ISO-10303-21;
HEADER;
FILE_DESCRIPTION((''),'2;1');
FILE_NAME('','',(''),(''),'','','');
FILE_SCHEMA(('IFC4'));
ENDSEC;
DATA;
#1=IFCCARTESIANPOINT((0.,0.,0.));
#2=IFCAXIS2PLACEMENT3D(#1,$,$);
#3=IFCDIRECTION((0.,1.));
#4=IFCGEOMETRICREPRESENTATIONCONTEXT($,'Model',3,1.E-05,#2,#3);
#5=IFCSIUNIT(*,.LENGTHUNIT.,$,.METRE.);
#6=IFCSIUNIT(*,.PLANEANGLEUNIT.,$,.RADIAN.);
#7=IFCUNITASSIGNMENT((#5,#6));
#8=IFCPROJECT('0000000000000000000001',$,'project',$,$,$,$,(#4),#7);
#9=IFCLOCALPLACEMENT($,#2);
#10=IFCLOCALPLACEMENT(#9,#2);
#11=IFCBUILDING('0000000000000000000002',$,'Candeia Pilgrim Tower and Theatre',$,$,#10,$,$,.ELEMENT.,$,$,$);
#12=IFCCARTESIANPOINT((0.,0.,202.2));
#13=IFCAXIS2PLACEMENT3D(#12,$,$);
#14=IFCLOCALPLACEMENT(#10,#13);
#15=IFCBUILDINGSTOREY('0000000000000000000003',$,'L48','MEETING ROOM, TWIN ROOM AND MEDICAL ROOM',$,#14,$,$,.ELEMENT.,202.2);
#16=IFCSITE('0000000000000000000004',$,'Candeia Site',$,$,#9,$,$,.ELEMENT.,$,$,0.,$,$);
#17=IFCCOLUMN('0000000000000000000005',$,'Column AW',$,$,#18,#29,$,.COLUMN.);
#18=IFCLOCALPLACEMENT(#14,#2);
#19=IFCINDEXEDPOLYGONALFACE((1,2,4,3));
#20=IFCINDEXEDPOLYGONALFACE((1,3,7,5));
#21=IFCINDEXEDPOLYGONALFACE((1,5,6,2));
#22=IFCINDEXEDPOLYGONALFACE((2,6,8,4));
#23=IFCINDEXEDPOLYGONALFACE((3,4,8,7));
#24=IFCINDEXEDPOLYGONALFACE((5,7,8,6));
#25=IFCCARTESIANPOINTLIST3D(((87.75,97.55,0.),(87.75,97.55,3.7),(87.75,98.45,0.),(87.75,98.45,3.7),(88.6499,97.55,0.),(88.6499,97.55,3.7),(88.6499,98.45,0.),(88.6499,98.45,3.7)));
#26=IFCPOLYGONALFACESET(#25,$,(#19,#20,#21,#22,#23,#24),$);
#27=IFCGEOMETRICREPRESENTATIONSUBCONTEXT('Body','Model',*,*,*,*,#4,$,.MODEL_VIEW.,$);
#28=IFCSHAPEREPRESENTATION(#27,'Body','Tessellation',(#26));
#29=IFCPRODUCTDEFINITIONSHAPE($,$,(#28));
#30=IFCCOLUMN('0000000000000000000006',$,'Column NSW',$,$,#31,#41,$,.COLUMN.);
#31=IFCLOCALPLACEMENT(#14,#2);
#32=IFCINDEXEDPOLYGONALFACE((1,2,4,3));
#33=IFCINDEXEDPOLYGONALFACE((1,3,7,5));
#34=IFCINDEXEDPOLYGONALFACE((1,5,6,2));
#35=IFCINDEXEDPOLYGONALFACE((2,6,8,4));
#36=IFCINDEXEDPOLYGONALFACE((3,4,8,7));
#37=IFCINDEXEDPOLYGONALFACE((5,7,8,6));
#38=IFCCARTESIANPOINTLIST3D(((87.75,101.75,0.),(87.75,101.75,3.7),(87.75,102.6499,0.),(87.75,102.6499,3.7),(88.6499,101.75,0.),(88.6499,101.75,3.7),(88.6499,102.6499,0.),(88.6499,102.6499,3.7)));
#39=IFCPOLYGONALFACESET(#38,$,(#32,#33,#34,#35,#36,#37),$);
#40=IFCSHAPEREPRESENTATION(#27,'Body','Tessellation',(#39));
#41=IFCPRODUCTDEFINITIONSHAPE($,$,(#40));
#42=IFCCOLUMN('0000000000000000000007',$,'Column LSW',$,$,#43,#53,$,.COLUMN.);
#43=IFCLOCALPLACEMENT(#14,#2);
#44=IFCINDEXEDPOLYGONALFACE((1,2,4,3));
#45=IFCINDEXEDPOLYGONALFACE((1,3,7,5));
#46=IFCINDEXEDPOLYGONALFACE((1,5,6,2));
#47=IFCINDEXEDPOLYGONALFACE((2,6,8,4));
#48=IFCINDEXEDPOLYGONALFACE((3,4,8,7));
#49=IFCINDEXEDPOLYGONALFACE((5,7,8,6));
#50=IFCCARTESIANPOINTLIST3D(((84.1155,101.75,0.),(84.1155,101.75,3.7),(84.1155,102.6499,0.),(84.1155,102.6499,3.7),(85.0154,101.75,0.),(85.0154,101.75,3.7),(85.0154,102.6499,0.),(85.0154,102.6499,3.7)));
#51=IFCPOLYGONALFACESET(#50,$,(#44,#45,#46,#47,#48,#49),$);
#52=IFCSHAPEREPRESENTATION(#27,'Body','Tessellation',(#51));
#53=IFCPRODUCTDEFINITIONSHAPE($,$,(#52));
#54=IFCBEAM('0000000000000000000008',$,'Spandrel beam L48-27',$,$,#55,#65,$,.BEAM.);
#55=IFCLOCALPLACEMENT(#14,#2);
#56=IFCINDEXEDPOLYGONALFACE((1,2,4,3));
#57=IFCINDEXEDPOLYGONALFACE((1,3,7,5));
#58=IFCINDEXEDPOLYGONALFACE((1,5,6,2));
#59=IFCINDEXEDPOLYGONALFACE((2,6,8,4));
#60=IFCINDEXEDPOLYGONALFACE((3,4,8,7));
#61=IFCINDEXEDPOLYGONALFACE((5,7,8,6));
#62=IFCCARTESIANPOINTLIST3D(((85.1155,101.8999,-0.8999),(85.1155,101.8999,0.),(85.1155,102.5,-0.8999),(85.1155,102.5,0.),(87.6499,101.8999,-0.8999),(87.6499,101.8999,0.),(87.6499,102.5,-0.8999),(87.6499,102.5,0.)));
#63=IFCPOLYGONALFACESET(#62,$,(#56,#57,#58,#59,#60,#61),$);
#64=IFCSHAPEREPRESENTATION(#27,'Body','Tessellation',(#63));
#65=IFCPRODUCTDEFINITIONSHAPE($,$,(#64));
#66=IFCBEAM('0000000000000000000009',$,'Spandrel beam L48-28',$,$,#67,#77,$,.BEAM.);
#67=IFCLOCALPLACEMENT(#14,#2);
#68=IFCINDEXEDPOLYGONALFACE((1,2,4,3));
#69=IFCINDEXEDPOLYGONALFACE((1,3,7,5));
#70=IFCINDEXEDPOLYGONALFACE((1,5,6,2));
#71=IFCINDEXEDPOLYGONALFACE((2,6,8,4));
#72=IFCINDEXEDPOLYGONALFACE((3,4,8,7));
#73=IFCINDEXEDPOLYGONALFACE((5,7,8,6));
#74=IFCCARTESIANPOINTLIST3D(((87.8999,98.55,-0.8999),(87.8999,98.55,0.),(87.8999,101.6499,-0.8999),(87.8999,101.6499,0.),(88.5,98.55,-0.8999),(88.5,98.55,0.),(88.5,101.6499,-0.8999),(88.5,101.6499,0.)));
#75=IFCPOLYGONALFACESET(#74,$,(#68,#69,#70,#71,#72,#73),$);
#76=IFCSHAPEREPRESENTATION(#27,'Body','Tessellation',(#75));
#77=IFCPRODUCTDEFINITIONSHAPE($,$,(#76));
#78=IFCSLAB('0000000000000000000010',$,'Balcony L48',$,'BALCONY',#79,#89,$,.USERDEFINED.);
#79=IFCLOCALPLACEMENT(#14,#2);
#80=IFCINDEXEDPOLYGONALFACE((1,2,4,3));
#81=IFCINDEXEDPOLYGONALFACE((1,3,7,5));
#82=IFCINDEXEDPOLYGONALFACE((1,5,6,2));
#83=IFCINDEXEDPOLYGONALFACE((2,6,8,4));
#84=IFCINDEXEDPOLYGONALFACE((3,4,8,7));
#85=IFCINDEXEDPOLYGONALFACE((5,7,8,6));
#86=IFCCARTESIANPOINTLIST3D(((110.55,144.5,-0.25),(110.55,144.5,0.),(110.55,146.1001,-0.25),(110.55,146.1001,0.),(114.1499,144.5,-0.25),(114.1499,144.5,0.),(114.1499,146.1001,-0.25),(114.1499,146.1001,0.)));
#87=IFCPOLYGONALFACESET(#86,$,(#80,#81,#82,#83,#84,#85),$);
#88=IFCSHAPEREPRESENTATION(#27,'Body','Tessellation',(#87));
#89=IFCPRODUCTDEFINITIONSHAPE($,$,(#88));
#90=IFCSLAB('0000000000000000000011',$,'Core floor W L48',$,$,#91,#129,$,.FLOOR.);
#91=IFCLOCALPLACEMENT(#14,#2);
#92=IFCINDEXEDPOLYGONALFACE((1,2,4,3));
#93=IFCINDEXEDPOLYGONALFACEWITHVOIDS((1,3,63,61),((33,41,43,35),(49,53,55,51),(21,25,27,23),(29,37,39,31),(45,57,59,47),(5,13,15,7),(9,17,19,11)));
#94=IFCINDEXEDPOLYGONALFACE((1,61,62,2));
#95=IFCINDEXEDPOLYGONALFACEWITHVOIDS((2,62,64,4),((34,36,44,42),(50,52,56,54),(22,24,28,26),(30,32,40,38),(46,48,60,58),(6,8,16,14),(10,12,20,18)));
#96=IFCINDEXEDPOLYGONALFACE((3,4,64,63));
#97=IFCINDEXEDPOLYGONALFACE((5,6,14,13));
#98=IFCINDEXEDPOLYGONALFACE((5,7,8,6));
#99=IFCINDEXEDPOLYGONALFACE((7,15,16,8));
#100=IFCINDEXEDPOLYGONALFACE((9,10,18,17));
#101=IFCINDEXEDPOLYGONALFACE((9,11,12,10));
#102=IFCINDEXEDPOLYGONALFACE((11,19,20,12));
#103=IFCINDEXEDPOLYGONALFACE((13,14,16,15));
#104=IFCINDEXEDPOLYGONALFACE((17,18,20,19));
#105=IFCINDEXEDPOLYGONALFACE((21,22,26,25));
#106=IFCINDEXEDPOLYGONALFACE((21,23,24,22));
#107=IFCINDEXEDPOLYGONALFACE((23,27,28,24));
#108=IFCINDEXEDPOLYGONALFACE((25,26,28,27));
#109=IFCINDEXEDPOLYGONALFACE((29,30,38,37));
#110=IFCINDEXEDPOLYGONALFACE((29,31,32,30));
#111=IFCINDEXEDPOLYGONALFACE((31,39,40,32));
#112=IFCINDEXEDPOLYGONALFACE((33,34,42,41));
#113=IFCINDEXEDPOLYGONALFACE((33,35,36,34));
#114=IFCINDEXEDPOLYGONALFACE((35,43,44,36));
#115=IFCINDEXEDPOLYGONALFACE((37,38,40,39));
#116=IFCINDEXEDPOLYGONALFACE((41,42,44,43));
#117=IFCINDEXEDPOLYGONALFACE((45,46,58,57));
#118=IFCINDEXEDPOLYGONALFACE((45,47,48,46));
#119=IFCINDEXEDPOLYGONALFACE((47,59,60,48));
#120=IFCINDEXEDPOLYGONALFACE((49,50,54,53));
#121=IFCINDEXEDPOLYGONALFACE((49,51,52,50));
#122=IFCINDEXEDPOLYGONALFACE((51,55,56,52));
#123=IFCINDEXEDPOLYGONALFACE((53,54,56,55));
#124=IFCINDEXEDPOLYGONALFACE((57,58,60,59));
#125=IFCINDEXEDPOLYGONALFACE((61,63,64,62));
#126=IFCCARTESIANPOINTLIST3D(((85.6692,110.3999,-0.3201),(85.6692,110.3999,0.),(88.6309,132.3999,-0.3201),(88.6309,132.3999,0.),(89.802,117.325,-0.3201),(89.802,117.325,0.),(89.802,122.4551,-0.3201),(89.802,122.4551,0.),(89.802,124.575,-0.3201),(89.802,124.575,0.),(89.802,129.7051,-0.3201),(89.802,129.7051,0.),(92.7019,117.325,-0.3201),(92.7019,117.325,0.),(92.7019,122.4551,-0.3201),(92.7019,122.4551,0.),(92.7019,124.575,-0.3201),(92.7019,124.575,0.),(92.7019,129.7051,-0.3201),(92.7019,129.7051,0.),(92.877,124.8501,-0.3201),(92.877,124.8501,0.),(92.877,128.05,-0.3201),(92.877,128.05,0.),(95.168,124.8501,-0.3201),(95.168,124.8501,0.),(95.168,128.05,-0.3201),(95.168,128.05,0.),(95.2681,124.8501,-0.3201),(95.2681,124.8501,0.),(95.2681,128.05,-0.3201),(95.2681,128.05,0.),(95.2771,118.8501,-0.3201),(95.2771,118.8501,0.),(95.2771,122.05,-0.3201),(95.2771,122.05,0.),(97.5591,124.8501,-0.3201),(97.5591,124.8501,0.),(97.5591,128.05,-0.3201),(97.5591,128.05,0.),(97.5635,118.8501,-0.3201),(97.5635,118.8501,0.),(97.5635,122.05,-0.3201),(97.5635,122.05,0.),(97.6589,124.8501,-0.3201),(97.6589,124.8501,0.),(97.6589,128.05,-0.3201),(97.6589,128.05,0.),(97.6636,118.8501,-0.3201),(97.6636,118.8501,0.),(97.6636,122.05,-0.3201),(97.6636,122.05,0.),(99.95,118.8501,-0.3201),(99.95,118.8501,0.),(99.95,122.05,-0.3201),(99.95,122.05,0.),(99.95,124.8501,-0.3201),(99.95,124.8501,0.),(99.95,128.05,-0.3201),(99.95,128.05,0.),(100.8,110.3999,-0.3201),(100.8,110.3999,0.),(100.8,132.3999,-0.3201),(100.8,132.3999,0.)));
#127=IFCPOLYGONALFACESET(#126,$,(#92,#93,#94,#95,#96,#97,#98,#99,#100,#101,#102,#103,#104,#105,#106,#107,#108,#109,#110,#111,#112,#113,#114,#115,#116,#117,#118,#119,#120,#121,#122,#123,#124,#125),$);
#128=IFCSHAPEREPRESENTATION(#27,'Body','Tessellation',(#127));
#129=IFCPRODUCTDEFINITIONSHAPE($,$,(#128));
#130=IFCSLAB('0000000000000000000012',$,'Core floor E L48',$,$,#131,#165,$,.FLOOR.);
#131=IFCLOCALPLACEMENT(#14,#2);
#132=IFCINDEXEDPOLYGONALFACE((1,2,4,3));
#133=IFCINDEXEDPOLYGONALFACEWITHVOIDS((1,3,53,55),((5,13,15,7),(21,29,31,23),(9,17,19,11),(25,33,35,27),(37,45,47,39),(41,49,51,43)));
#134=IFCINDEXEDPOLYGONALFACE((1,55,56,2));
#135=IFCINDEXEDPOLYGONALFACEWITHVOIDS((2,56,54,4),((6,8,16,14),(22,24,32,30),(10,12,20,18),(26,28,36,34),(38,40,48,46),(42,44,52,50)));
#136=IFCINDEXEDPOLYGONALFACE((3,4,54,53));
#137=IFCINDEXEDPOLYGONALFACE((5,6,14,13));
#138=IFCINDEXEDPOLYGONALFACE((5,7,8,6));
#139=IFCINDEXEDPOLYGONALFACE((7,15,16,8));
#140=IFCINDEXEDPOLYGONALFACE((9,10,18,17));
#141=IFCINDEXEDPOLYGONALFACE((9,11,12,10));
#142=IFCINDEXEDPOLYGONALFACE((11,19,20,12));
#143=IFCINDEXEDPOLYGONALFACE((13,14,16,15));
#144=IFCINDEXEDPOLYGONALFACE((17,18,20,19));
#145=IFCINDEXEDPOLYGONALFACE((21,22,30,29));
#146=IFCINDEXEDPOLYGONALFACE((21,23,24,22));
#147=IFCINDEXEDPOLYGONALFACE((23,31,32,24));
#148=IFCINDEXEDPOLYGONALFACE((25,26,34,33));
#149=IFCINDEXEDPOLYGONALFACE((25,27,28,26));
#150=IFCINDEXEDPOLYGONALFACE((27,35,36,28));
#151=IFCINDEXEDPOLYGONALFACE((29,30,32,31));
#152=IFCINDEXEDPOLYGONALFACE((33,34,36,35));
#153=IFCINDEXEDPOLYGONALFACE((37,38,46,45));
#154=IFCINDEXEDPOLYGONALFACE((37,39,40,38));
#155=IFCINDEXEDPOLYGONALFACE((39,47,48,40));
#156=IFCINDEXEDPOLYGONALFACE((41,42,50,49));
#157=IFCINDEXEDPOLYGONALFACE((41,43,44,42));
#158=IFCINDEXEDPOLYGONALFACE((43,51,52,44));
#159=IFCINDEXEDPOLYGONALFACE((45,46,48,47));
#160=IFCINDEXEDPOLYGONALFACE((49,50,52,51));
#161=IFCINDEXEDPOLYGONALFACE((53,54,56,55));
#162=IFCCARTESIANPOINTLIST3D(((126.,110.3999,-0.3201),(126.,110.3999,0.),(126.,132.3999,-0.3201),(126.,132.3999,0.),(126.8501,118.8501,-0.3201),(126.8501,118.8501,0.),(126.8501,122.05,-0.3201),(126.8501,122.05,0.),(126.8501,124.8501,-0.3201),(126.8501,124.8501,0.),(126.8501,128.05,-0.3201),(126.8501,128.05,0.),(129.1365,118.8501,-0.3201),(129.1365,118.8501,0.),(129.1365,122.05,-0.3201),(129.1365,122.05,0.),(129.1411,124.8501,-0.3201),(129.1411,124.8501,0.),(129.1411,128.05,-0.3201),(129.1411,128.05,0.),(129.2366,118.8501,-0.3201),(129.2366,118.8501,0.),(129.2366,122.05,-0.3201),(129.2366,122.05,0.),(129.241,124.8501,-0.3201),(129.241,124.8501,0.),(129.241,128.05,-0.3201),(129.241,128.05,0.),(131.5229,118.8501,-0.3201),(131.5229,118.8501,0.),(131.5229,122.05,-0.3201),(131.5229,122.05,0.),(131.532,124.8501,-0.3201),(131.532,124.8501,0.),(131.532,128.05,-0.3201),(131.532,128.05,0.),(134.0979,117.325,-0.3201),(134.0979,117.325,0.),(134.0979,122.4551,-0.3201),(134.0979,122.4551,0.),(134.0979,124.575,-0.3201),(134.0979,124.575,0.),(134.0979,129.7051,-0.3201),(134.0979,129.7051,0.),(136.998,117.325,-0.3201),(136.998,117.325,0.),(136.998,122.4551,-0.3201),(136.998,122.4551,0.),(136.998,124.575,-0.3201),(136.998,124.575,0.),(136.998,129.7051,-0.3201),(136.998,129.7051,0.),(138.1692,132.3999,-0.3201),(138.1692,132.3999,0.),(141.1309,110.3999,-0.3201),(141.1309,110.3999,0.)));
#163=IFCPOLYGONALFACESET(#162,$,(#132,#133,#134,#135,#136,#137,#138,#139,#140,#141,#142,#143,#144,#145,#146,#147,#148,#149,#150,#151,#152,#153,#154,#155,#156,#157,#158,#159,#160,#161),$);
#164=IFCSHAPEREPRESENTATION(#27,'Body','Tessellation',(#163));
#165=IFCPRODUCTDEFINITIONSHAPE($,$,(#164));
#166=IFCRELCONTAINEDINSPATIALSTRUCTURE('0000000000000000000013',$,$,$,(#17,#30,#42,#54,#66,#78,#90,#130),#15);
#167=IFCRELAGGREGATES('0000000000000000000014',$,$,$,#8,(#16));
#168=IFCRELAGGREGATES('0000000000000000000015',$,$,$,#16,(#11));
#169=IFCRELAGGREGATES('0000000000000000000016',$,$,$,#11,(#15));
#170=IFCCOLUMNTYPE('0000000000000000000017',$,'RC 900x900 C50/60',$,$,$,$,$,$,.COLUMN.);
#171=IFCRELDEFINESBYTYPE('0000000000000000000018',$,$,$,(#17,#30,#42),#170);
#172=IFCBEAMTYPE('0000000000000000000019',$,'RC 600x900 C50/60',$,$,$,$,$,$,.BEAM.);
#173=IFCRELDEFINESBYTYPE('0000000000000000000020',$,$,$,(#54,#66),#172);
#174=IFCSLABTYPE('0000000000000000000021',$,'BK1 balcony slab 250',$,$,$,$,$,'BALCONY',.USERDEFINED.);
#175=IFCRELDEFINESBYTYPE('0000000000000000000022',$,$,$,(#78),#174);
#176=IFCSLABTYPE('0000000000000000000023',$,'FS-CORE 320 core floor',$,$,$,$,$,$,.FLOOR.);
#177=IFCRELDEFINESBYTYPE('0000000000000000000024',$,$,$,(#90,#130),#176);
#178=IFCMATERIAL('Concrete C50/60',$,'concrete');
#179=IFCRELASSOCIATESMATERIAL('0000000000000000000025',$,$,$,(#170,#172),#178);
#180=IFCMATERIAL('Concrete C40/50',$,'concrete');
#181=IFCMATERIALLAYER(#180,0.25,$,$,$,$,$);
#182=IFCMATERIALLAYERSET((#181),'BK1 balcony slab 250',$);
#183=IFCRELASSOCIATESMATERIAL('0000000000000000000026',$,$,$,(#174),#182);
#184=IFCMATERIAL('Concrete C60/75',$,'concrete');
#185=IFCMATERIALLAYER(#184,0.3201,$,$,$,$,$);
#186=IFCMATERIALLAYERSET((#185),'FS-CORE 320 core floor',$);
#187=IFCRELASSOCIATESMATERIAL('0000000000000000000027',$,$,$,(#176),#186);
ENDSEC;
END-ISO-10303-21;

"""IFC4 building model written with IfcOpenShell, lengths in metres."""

from ifc_helpers import new_model, si_unit, direction, frame, origin, origin_2d, place, context, subcontext, project, spatial, polyline, rectangle, outline, extrude, material, layer, layer_set, material_profile, profile_set, type_object, element, save


model = new_model("IFC4")

# Units and contexts
model_context = context("Model", 3, precision=1e-05, world=origin(), true_north=direction((0.0, 1.0)))
body_context = subcontext(model_context, "Body", "Model", "MODEL_VIEW")
ifc_project = project(units=[si_unit("LENGTHUNIT", "METRE"), si_unit("PLANEANGLEUNIT", "RADIAN")], contexts=[model_context])

# Site, building, storey
site_placement = place(None, origin())
site = spatial("IfcSite", under=ifc_project, at=site_placement, Name="Candeia Site", CompositionType="ELEMENT", RefElevation=0.0)
building_placement = place(site_placement, origin())
building = spatial("IfcBuilding", under=site, at=building_placement, Name="Candeia Pilgrim Tower and Theatre", CompositionType="ELEMENT")
storey_placement = place(building_placement, frame((0.0, 0.0, 202.2)))
storey = spatial("IfcBuildingStorey", under=building, at=storey_placement, Name="L48", Description="MEETING ROOM, TWIN ROOM AND MEDICAL ROOM", CompositionType="ELEMENT", Elevation=202.2)

# Columns
ifc_material_1 = material(Name="Concrete C50/60", Category="concrete")
ifc_material_profile_1 = material_profile(ifc_material_1, rectangle(XDim=0.8999, YDim=0.8999, at=origin_2d()))
ifc_profile_set_1 = profile_set([ifc_material_profile_1], Name="Concrete C50/60")
column_type = type_object("IfcColumnType", Name="RC 900x900 C50/60", PredefinedType="COLUMN", material=ifc_profile_set_1)
for number, where, z_axis, x_axis, name in (
    (1, (88.2, 98.0, 0.0), (0.0, 0.0, 1.0), (1.0, 0.0, 0.0), "Column AW"),
    (2, (88.2, 102.2, 0.0), (0.0, 0.0, 1.0), (1.0, 0.0, 0.0), "Column NSW"),
    (3, (84.5654, 102.2, 0.0), (0.0, 0.0, 1.0), (1.0, 0.0, 0.0), "Column LSW"),
):
    element("IfcColumn", number, at=place(storey_placement, frame(where, z_axis=z_axis, x_axis=x_axis)), inside=storey, type_object=column_type, Name=name, PredefinedType="COLUMN", context=body_context, shape_type="SweptSolid", body=[
        extrude(rectangle(XDim=0.8999, YDim=0.8999, at=origin_2d()), origin(), (0.0, 0.0, 1.0), 3.7),
    ])

# Beams
ifc_material_profile_2 = material_profile(ifc_material_1, rectangle(XDim=0.6001, YDim=0.8999, at=origin_2d()))
ifc_profile_set_2 = profile_set([ifc_material_profile_2], Name="Concrete C50/60")
beam_type = type_object("IfcBeamType", Name="RC 600x900 C50/60", PredefinedType="BEAM", material=ifc_profile_set_2)
beam_1_placement = place(storey_placement, frame((85.1155, 102.2, -0.45), z_axis=(1.0, 0.0, 0.0), x_axis=(0.0, 1.0, 0.0)))
element("IfcBeam", 4, at=beam_1_placement, inside=storey, type_object=beam_type, Name="Spandrel beam L48-27", PredefinedType="BEAM", context=body_context, shape_type="SweptSolid", body=[
    extrude(rectangle(XDim=0.6001, YDim=0.8999, at=origin_2d()), origin(), (0.0, 0.0, 1.0), 2.5344),
])
beam_2_placement = place(storey_placement, frame((88.2, 101.6499, -0.45), z_axis=(0.0, -1.0, 0.0), x_axis=(1.0, 0.0, 0.0)))
element("IfcBeam", 5, at=beam_2_placement, inside=storey, type_object=beam_type, Name="Spandrel beam L48-28", PredefinedType="BEAM", context=body_context, shape_type="SweptSolid", body=[
    extrude(rectangle(XDim=0.6001, YDim=0.8999, at=origin_2d()), origin(), (0.0, 0.0, 1.0), 3.0999),
])

# Slabs
ifc_material_2 = material(Name="Concrete C40/50", Category="concrete")
ifc_layer_1 = layer(ifc_material_2, 0.25)
ifc_layer_set_1 = layer_set([ifc_layer_1], Name="BK1 balcony slab 250")
slab_type_1 = type_object("IfcSlabType", Name="BK1 balcony slab 250", ElementType="BALCONY", PredefinedType="USERDEFINED", material=ifc_layer_set_1)
slab_1_placement = place(storey_placement, frame((0.0, 0.0, -0.25)))
element("IfcSlab", 6, at=slab_1_placement, inside=storey, type_object=slab_type_1, Name="Balcony L48", ObjectType="BALCONY", PredefinedType="USERDEFINED", context=body_context, shape_type="SweptSolid", body=[
    extrude(outline(polyline([(110.55, 144.5), (114.1499, 144.5), (114.1499, 146.1001), (110.55, 146.1001), (110.55, 144.5)])), origin(), (0.0, 0.0, 1.0), 0.25),
])
ifc_material_3 = material(Name="Concrete C60/75", Category="concrete")
ifc_layer_2 = layer(ifc_material_3, 0.3201)
ifc_layer_set_2 = layer_set([ifc_layer_2], Name="FS-CORE 320 core floor")
slab_type_2 = type_object("IfcSlabType", Name="FS-CORE 320 core floor", PredefinedType="FLOOR", material=ifc_layer_set_2)
slab_2_placement = place(storey_placement, frame((0.0, 0.0, -0.3201)))
element("IfcSlab", 7, at=slab_2_placement, inside=storey, type_object=slab_type_2, Name="Core floor W L48", PredefinedType="FLOOR", context=body_context, shape_type="SweptSolid", body=[
    extrude(outline(polyline([(100.8, 132.3999), (100.8, 110.3999), (85.6692, 110.3999), (88.6309, 132.3999), (100.8, 132.3999)]), holes=[polyline([(97.6589, 128.05), (97.6589, 124.8501), (99.95, 124.8501), (99.95, 128.05), (97.6589, 128.05)]), polyline([(97.6636, 122.05), (97.6636, 118.8501), (99.95, 118.8501), (99.95, 122.05), (97.6636, 122.05)]), polyline([(95.2771, 122.05), (95.2771, 118.8501), (97.5635, 118.8501), (97.5635, 122.05), (95.2771, 122.05)]), polyline([(95.2681, 128.05), (95.2681, 124.8501), (97.5591, 124.8501), (97.5591, 128.05), (95.2681, 128.05)]), polyline([(92.877, 128.05), (92.877, 124.8501), (95.168, 124.8501), (95.168, 128.05), (92.877, 128.05)]), polyline([(89.802, 117.325), (92.7019, 117.325), (92.7019, 122.4551), (89.802, 122.4551), (89.802, 117.325)]), polyline([(89.802, 129.7051), (89.802, 124.575), (92.7019, 124.575), (92.7019, 129.7051), (89.802, 129.7051)])]), origin(), (0.0, 0.0, 1.0), 0.3201),
])
slab_3_placement = place(storey_placement, frame((0.0, 0.0, -0.3201)))
element("IfcSlab", 8, at=slab_3_placement, inside=storey, type_object=slab_type_2, Name="Core floor E L48", PredefinedType="FLOOR", context=body_context, shape_type="SweptSolid", body=[
    extrude(outline(polyline([(138.1692, 132.3999), (141.1309, 110.3999), (126.0, 110.3999), (126.0, 132.3999), (138.1692, 132.3999)]), holes=[polyline([(134.0979, 117.325), (136.998, 117.325), (136.998, 122.4551), (134.0979, 122.4551), (134.0979, 117.325)]), polyline([(134.0979, 129.7051), (134.0979, 124.575), (136.998, 124.575), (136.998, 129.7051), (134.0979, 129.7051)]), polyline([(131.532, 128.05), (129.241, 128.05), (129.241, 124.8501), (131.532, 124.8501), (131.532, 128.05)]), polyline([(131.5229, 122.05), (129.2366, 122.05), (129.2366, 118.8501), (131.5229, 118.8501), (131.5229, 122.05)]), polyline([(126.8501, 128.05), (126.8501, 124.8501), (129.1411, 124.8501), (129.1411, 128.05), (126.8501, 128.05)]), polyline([(129.1365, 122.05), (126.8501, 122.05), (126.8501, 118.8501), (129.1365, 118.8501), (129.1365, 122.05)])]), origin(), (0.0, 0.0, 1.0), 0.3201),
])

save(model, "model.ifc")
